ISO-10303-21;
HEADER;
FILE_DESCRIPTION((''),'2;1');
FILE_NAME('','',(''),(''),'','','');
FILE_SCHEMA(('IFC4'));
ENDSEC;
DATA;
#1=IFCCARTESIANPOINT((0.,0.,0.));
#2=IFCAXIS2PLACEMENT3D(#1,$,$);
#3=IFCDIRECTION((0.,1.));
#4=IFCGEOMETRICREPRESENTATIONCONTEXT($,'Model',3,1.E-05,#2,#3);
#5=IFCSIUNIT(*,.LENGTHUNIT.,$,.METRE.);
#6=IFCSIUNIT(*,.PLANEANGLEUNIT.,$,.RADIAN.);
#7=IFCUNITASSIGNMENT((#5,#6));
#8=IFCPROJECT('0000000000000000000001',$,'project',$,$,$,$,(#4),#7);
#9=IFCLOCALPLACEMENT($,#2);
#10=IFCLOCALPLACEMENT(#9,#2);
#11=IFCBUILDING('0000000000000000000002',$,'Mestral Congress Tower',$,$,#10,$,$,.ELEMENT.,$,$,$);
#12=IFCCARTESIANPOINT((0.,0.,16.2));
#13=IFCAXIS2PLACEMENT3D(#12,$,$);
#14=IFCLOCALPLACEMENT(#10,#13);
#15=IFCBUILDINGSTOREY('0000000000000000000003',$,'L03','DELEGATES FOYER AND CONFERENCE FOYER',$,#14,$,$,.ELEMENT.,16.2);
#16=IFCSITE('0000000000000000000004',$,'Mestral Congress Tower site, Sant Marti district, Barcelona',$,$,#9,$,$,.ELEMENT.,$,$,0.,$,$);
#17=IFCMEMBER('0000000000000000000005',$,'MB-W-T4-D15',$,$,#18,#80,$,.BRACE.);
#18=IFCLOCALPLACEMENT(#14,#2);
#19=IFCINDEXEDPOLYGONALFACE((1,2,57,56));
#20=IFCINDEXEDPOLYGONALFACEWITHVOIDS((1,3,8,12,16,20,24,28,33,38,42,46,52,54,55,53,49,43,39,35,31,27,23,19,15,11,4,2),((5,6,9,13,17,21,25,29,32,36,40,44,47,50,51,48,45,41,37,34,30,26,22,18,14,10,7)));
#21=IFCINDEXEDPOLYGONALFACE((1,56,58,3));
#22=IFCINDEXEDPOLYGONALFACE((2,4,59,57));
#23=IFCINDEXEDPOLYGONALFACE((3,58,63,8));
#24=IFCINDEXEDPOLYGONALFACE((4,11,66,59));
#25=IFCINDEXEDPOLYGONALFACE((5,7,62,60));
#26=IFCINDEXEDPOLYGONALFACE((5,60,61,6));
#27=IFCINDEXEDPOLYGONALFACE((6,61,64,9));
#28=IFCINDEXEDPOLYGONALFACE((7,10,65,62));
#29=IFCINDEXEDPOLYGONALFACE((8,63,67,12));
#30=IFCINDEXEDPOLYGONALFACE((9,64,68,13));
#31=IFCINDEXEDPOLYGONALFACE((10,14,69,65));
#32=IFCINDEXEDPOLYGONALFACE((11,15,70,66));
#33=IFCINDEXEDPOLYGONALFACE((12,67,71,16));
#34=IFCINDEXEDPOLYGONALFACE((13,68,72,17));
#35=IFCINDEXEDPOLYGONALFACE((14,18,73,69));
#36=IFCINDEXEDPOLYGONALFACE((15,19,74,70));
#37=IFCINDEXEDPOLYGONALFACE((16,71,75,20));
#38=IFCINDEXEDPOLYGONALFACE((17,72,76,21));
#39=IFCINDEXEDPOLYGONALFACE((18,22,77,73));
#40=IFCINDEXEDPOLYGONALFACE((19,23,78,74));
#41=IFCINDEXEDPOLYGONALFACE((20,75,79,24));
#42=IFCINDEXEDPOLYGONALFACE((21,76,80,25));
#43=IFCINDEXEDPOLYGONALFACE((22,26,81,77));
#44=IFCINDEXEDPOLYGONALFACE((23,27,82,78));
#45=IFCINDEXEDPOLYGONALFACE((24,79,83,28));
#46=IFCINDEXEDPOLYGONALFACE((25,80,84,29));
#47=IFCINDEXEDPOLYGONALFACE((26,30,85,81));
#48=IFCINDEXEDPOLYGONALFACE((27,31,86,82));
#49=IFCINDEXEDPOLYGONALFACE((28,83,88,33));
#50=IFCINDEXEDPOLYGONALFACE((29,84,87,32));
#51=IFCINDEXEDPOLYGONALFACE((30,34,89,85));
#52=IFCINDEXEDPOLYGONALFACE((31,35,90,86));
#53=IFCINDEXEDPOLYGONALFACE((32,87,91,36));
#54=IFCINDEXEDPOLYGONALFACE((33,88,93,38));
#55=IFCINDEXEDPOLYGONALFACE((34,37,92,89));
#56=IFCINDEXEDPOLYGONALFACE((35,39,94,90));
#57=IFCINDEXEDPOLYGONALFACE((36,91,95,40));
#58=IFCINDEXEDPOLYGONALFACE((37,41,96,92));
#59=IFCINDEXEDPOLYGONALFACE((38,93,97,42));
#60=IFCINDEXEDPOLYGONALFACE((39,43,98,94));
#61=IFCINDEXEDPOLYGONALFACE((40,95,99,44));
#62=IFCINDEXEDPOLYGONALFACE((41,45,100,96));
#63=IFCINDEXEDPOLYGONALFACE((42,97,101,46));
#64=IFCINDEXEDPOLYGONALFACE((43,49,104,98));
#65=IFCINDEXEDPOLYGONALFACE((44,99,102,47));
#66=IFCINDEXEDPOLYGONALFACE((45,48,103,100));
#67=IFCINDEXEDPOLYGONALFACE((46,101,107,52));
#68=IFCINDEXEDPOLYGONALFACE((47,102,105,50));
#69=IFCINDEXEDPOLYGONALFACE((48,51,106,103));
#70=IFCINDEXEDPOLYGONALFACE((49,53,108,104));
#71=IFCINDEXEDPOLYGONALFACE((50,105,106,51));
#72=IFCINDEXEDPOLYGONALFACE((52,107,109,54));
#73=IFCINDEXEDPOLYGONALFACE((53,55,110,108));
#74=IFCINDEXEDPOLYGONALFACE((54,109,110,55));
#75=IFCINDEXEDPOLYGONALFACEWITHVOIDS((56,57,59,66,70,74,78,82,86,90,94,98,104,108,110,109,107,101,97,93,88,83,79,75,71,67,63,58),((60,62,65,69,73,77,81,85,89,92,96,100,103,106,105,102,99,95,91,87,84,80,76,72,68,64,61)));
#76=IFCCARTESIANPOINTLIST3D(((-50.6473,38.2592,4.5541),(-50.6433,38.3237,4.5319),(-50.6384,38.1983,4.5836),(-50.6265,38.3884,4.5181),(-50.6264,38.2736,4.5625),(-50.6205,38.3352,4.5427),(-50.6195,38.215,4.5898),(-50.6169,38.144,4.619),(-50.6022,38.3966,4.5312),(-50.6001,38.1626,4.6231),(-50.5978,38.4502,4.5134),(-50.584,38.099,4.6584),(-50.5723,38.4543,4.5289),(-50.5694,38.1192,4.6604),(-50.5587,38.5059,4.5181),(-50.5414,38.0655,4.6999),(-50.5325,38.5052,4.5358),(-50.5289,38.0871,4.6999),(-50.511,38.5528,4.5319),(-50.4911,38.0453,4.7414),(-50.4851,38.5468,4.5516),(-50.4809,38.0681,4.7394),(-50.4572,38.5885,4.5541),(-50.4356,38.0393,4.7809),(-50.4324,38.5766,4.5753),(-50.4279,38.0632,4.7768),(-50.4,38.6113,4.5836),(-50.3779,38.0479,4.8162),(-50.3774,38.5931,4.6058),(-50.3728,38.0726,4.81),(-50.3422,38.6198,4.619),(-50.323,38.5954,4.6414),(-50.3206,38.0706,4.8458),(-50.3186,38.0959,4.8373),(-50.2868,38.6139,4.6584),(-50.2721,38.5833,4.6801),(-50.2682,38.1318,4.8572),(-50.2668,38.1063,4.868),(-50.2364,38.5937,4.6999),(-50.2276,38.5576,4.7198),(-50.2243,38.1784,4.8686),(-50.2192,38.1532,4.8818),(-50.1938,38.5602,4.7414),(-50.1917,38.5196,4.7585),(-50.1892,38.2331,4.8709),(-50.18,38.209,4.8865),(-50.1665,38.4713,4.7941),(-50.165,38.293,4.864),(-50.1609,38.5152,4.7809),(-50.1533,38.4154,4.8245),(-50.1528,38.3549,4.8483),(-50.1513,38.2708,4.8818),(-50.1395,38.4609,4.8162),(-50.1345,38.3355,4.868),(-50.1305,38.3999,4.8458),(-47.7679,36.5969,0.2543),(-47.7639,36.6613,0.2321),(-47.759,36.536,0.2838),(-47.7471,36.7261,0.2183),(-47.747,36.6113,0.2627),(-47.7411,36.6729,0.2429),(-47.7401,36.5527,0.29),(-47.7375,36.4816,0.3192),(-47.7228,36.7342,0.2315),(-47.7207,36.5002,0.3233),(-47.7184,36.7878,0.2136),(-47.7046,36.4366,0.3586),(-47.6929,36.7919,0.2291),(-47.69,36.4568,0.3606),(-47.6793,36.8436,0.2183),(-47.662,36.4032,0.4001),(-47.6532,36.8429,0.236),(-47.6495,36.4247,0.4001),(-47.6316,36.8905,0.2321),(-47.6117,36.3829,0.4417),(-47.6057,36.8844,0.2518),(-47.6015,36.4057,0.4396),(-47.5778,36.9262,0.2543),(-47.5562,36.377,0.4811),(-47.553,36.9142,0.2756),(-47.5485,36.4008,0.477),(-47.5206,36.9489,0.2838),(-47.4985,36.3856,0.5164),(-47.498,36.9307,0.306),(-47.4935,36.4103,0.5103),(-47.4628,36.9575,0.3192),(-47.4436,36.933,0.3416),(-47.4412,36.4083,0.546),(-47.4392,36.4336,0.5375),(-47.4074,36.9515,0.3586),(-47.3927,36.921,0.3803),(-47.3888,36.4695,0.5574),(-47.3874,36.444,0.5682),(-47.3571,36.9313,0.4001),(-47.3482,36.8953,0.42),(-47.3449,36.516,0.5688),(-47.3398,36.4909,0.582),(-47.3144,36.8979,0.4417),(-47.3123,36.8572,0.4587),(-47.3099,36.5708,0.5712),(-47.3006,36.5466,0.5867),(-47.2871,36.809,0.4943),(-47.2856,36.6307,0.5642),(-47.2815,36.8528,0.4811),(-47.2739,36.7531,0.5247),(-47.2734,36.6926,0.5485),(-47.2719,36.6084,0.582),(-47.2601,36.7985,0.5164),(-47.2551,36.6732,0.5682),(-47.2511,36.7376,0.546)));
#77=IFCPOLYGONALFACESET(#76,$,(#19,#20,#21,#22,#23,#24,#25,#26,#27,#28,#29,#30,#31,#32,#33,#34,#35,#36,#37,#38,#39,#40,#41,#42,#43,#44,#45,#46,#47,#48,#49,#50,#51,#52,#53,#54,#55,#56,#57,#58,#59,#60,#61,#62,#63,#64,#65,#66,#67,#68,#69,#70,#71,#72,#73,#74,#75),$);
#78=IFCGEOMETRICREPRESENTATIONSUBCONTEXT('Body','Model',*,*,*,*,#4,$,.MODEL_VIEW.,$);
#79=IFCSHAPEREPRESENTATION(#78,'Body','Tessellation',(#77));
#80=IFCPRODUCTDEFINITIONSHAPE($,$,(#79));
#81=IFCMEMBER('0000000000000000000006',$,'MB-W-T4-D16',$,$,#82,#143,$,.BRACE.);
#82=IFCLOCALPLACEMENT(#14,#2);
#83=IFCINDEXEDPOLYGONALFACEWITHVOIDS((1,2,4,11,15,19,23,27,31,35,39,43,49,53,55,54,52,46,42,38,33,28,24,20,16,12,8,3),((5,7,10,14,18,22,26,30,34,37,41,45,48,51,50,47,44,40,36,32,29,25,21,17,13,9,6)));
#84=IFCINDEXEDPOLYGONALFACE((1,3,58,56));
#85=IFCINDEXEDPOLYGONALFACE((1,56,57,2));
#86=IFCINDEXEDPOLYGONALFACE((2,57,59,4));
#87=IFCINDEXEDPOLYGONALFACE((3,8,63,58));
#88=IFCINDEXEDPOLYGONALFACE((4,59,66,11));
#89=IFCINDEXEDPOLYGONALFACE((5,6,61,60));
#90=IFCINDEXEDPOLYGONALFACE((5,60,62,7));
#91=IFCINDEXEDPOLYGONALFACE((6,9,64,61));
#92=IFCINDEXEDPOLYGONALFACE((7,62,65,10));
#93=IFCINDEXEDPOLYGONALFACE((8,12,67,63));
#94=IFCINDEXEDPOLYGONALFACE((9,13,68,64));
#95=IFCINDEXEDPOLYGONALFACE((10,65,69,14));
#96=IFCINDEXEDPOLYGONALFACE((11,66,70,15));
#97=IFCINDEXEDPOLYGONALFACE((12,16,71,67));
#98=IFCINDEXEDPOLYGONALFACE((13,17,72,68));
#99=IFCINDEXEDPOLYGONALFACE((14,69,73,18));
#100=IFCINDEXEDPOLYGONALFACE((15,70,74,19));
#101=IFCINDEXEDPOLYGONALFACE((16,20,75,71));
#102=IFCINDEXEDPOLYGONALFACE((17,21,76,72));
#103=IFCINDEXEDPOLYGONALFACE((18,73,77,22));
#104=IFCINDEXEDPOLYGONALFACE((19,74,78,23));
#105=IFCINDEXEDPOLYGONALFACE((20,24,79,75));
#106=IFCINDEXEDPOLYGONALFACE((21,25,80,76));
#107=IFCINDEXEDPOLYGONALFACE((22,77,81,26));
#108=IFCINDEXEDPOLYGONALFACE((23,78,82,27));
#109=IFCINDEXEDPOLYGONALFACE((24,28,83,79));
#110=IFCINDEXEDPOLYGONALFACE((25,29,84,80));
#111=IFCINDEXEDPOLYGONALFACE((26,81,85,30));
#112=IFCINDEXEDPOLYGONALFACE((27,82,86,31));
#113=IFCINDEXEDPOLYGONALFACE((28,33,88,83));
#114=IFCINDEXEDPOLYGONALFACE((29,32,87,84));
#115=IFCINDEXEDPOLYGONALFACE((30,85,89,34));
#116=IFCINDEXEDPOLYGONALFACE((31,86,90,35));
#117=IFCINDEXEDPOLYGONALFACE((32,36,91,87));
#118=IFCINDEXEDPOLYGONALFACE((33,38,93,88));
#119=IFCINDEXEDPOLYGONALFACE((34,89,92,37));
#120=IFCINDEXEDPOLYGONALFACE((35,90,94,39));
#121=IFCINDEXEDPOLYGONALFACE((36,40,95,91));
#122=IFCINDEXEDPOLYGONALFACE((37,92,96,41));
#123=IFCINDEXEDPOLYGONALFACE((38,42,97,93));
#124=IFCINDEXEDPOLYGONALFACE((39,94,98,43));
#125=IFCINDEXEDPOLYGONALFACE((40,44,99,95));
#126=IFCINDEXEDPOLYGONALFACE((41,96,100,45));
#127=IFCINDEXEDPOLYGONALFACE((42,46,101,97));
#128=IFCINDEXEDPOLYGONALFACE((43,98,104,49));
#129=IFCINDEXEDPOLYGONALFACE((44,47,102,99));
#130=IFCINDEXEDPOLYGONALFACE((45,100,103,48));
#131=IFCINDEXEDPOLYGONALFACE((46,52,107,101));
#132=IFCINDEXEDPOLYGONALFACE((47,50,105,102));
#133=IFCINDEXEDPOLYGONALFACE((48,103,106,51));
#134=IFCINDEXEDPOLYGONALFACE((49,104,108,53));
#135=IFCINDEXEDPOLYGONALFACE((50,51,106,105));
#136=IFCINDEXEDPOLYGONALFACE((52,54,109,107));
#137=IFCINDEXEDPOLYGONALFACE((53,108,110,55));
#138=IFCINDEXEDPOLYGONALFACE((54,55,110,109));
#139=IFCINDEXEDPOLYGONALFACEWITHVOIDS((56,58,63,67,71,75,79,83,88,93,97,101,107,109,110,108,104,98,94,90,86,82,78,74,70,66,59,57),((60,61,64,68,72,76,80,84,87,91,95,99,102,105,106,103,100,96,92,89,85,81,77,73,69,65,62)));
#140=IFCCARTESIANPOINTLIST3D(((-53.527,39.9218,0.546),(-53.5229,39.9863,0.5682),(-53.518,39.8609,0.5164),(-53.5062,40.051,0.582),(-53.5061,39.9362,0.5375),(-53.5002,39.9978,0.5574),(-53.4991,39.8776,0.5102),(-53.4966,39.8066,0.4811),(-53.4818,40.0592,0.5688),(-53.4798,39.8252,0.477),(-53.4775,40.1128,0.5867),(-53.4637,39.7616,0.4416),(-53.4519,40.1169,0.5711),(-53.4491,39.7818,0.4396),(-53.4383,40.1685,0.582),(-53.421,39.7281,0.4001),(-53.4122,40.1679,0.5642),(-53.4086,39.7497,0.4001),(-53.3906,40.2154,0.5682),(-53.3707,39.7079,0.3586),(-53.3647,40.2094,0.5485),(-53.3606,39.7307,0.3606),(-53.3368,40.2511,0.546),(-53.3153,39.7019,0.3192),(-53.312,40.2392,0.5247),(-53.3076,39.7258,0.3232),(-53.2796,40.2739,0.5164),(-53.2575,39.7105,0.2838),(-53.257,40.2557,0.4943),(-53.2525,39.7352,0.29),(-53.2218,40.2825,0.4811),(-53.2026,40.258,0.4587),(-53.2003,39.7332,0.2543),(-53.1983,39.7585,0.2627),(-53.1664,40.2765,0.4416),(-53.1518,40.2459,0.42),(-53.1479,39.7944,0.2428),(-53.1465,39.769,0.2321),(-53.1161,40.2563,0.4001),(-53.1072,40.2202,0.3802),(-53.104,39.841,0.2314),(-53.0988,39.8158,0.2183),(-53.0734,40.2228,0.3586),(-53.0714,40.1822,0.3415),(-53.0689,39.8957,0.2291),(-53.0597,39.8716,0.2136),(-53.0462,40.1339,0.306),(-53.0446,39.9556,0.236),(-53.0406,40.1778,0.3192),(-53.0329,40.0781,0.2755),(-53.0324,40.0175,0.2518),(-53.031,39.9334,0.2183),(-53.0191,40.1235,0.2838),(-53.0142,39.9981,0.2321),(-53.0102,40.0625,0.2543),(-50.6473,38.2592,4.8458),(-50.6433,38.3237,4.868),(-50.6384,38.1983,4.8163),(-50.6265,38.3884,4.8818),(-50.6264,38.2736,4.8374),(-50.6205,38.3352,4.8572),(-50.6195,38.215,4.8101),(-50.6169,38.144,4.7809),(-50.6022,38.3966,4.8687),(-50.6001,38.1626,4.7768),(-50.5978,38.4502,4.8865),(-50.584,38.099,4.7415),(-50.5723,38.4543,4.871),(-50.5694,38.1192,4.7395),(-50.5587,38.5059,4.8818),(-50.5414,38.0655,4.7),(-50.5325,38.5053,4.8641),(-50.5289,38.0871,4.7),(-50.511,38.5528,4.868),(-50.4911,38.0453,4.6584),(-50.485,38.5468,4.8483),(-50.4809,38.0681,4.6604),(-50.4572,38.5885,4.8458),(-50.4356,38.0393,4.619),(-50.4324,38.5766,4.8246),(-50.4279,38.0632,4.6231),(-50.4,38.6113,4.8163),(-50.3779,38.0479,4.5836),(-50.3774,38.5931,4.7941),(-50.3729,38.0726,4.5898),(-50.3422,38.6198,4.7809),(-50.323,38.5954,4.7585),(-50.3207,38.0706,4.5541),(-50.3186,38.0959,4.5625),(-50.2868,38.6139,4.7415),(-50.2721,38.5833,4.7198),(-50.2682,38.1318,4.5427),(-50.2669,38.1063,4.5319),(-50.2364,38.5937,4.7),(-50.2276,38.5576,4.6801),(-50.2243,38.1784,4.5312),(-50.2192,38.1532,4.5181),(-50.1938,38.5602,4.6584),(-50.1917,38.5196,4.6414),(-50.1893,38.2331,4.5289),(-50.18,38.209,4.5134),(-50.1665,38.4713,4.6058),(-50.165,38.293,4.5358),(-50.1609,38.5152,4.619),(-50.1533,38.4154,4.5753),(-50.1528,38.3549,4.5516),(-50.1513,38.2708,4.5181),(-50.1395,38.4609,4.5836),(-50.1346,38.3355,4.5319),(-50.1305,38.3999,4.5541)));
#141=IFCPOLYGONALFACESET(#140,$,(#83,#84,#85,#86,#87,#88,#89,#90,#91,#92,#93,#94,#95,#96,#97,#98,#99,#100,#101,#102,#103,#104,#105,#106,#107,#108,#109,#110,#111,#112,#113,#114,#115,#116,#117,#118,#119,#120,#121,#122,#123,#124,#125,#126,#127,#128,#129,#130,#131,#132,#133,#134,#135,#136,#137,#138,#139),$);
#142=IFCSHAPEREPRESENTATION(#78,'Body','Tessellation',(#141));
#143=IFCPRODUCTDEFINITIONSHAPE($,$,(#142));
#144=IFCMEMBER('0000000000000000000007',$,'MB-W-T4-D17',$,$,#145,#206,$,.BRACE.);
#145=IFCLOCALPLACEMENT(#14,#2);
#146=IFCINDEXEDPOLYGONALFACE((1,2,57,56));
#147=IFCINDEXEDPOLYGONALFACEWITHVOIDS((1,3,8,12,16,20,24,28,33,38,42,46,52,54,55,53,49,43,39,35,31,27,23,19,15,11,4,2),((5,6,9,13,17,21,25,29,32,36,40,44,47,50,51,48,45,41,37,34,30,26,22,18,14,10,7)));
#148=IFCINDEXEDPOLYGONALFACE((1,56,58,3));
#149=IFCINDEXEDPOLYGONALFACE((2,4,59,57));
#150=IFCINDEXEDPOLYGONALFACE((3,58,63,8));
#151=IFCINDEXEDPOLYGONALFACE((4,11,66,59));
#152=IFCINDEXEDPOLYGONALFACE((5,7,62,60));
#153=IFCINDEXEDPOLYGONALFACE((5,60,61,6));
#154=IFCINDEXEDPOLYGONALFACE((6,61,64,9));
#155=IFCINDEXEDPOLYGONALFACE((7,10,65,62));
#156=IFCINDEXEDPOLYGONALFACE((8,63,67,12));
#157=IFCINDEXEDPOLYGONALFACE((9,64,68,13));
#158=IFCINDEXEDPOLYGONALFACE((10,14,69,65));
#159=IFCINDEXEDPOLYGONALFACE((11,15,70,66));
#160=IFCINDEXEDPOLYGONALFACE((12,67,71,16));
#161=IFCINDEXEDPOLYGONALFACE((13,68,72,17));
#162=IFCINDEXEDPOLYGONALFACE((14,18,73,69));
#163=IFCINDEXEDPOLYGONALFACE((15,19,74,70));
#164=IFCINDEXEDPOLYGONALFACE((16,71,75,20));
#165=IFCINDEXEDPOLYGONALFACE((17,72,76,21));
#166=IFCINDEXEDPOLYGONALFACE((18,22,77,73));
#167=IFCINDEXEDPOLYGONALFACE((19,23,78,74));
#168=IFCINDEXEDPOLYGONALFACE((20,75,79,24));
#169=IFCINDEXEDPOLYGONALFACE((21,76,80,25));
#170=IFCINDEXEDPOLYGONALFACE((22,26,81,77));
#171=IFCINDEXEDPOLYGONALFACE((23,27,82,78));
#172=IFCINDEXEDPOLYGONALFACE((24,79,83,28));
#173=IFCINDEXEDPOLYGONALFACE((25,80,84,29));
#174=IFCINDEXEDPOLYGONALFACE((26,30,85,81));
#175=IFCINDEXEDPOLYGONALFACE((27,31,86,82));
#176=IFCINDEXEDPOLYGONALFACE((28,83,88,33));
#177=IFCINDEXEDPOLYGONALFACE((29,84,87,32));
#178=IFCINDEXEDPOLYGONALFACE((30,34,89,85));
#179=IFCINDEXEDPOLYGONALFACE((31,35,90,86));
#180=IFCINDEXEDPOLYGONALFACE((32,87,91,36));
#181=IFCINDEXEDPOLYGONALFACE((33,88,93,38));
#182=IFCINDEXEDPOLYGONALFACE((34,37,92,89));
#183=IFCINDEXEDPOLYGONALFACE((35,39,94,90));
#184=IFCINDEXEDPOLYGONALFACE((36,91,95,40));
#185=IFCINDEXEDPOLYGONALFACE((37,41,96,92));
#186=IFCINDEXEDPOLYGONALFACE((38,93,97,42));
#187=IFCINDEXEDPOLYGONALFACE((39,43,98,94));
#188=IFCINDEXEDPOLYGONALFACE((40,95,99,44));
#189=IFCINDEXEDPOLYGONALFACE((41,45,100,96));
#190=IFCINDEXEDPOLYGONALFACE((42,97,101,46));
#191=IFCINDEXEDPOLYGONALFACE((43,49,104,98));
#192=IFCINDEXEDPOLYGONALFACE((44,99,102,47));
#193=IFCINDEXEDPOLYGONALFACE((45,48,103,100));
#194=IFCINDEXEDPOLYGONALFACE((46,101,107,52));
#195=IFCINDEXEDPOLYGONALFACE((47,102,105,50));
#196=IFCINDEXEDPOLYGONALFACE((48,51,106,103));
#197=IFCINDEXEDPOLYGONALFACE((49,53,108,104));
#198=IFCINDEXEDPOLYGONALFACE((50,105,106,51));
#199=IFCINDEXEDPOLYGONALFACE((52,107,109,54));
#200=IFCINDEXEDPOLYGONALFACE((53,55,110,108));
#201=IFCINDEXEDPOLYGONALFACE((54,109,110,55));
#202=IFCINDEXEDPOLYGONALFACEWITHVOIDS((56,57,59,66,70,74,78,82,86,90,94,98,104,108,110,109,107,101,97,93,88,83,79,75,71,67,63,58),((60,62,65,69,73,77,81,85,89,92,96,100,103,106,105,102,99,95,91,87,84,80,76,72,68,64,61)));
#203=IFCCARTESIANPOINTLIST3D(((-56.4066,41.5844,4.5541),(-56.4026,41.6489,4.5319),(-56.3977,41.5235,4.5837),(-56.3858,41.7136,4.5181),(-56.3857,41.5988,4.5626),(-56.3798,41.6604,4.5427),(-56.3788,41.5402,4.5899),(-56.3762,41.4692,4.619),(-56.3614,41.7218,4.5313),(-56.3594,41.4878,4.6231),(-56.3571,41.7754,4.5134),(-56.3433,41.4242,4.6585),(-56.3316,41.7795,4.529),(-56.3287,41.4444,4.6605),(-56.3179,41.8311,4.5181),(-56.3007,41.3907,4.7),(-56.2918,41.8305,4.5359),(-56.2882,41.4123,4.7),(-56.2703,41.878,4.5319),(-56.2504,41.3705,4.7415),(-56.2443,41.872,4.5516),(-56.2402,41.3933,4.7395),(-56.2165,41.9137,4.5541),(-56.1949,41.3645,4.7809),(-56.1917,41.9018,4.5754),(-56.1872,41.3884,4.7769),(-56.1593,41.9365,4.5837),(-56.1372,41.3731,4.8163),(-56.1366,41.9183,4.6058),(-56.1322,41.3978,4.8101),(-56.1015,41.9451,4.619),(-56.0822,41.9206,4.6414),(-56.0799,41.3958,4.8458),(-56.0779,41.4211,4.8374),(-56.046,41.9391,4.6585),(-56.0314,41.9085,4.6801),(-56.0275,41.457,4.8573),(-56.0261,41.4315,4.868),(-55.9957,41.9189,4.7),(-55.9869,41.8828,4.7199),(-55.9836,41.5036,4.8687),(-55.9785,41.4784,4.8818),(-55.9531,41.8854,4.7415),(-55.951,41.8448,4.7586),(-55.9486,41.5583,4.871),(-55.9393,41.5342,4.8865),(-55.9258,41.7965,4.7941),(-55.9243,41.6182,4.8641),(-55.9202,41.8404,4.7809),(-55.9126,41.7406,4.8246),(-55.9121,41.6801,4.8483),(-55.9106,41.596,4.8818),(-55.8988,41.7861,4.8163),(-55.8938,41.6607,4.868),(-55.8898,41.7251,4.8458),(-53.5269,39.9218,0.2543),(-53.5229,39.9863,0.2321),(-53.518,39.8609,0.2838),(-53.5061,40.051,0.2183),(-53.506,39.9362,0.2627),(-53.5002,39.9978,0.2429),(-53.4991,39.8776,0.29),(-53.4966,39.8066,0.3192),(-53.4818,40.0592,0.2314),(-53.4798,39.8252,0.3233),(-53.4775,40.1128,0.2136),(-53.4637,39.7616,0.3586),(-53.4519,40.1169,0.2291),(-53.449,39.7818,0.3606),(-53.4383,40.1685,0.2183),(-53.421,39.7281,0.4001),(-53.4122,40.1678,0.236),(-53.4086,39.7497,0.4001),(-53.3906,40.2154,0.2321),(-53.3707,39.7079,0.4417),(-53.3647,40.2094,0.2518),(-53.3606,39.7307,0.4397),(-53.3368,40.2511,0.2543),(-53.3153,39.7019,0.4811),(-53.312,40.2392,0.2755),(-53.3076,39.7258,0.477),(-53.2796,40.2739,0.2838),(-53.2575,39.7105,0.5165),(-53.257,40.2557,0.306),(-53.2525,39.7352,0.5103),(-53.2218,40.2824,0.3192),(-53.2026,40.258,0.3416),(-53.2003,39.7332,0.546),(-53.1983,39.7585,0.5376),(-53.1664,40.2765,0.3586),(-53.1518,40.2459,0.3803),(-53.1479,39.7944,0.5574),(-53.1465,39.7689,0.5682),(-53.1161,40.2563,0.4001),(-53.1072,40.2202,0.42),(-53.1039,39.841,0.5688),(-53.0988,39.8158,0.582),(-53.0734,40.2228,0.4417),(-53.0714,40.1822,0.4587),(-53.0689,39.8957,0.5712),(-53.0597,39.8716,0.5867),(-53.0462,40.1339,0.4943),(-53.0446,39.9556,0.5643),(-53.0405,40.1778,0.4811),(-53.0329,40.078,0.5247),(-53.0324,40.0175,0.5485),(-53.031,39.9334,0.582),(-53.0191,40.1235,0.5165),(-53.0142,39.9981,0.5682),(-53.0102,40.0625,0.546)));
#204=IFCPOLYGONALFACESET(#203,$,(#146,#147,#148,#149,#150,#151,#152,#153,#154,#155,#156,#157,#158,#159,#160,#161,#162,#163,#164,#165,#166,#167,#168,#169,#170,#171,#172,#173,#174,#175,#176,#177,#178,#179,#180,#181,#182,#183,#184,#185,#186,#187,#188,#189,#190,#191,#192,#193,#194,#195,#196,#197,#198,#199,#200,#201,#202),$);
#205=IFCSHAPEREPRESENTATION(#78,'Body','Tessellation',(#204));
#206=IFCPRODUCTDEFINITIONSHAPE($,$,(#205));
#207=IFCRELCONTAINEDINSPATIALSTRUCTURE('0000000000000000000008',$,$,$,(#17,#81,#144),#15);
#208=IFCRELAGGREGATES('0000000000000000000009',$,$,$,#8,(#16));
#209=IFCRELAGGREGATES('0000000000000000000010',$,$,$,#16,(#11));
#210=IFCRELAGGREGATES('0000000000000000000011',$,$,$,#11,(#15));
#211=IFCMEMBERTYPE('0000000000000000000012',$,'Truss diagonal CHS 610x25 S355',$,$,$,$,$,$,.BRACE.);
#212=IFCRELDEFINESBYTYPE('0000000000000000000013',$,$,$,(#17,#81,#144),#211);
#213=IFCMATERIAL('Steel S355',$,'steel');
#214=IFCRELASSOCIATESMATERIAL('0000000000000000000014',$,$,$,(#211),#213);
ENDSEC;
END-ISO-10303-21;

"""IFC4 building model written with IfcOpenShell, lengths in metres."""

from ifc_helpers import new_model, si_unit, direction, frame, origin, origin_2d, place, context, subcontext, project, spatial, hollow_circle, extrude, material, material_profile, profile_set, type_object, element, save


model = new_model("IFC4")

# Units and contexts
model_context = context("Model", 3, precision=1e-05, world=origin(), true_north=direction((0.0, 1.0)))
body_context = subcontext(model_context, "Body", "Model", "MODEL_VIEW")
ifc_project = project(units=[si_unit("LENGTHUNIT", "METRE"), si_unit("PLANEANGLEUNIT", "RADIAN")], contexts=[model_context])

# Site, building, storey
site_placement = place(None, origin())
site = spatial("IfcSite", under=ifc_project, at=site_placement, Name="Mestral Congress Tower site, Sant Marti district, Barcelona", CompositionType="ELEMENT", RefElevation=0.0)
building_placement = place(site_placement, origin())
building = spatial("IfcBuilding", under=site, at=building_placement, Name="Mestral Congress Tower", CompositionType="ELEMENT")
storey_placement = place(building_placement, frame((0.0, 0.0, 16.2)))
storey = spatial("IfcBuildingStorey", under=building, at=storey_placement, Name="L03", Description="DELEGATES FOYER AND CONFERENCE FOYER", CompositionType="ELEMENT", Elevation=16.2)

# Members
ifc_material_1 = material(Name="Steel S355", Category="steel")
ifc_material_profile_1 = material_profile(ifc_material_1, hollow_circle(Radius=0.3049, WallThickness=0.0249, at=origin_2d()), Name="CHS 610x25")
ifc_profile_set_1 = profile_set([ifc_material_profile_1], Name="Steel S355")
member_type_1 = type_object("IfcMemberType", Name="Truss diagonal CHS 610x25 S355", PredefinedType="BRACE", material=ifc_profile_set_1)
member_1_placement = place(storey_placement, frame((-47.5095, 36.6672, 0.4001), z_axis=(-0.529757, 0.305843, 0.791087), x_axis=(-0.499985, -0.866034, 0.0)))
element("IfcMember", 1, at=member_1_placement, inside=storey, type_object=member_type_1, Name="MB-W-T4-D15", PredefinedType="BRACE", context=body_context, shape_type="SweptSolid", body=[
    extrude(hollow_circle(Radius=0.3049, WallThickness=0.0249, at=origin_2d()), origin(), (0.0, 0.0, 1.0), 5.4353),
])
for number, where, z_axis, x_axis, name in (
    (2, (-50.3889, 38.3296, 4.7), (-0.529782, 0.305877, -0.791057), (-0.500008, -0.866021, 0.0), "MB-W-T4-D16"),
    (3, (-53.2686, 39.9922, 0.4001), (-0.529782, 0.305877, 0.791057), (-0.500008, -0.866021, 0.0), "MB-W-T4-D17"),
):
    element("IfcMember", number, at=place(storey_placement, frame(where, z_axis=z_axis, x_axis=x_axis)), inside=storey, type_object=member_type_1, Name=name, PredefinedType="BRACE", context=body_context, shape_type="SweptSolid", body=[
        extrude(hollow_circle(Radius=0.3049, WallThickness=0.0249, at=origin_2d()), origin(), (0.0, 0.0, 1.0), 5.4355),
    ])

save(model, "model.ifc")
